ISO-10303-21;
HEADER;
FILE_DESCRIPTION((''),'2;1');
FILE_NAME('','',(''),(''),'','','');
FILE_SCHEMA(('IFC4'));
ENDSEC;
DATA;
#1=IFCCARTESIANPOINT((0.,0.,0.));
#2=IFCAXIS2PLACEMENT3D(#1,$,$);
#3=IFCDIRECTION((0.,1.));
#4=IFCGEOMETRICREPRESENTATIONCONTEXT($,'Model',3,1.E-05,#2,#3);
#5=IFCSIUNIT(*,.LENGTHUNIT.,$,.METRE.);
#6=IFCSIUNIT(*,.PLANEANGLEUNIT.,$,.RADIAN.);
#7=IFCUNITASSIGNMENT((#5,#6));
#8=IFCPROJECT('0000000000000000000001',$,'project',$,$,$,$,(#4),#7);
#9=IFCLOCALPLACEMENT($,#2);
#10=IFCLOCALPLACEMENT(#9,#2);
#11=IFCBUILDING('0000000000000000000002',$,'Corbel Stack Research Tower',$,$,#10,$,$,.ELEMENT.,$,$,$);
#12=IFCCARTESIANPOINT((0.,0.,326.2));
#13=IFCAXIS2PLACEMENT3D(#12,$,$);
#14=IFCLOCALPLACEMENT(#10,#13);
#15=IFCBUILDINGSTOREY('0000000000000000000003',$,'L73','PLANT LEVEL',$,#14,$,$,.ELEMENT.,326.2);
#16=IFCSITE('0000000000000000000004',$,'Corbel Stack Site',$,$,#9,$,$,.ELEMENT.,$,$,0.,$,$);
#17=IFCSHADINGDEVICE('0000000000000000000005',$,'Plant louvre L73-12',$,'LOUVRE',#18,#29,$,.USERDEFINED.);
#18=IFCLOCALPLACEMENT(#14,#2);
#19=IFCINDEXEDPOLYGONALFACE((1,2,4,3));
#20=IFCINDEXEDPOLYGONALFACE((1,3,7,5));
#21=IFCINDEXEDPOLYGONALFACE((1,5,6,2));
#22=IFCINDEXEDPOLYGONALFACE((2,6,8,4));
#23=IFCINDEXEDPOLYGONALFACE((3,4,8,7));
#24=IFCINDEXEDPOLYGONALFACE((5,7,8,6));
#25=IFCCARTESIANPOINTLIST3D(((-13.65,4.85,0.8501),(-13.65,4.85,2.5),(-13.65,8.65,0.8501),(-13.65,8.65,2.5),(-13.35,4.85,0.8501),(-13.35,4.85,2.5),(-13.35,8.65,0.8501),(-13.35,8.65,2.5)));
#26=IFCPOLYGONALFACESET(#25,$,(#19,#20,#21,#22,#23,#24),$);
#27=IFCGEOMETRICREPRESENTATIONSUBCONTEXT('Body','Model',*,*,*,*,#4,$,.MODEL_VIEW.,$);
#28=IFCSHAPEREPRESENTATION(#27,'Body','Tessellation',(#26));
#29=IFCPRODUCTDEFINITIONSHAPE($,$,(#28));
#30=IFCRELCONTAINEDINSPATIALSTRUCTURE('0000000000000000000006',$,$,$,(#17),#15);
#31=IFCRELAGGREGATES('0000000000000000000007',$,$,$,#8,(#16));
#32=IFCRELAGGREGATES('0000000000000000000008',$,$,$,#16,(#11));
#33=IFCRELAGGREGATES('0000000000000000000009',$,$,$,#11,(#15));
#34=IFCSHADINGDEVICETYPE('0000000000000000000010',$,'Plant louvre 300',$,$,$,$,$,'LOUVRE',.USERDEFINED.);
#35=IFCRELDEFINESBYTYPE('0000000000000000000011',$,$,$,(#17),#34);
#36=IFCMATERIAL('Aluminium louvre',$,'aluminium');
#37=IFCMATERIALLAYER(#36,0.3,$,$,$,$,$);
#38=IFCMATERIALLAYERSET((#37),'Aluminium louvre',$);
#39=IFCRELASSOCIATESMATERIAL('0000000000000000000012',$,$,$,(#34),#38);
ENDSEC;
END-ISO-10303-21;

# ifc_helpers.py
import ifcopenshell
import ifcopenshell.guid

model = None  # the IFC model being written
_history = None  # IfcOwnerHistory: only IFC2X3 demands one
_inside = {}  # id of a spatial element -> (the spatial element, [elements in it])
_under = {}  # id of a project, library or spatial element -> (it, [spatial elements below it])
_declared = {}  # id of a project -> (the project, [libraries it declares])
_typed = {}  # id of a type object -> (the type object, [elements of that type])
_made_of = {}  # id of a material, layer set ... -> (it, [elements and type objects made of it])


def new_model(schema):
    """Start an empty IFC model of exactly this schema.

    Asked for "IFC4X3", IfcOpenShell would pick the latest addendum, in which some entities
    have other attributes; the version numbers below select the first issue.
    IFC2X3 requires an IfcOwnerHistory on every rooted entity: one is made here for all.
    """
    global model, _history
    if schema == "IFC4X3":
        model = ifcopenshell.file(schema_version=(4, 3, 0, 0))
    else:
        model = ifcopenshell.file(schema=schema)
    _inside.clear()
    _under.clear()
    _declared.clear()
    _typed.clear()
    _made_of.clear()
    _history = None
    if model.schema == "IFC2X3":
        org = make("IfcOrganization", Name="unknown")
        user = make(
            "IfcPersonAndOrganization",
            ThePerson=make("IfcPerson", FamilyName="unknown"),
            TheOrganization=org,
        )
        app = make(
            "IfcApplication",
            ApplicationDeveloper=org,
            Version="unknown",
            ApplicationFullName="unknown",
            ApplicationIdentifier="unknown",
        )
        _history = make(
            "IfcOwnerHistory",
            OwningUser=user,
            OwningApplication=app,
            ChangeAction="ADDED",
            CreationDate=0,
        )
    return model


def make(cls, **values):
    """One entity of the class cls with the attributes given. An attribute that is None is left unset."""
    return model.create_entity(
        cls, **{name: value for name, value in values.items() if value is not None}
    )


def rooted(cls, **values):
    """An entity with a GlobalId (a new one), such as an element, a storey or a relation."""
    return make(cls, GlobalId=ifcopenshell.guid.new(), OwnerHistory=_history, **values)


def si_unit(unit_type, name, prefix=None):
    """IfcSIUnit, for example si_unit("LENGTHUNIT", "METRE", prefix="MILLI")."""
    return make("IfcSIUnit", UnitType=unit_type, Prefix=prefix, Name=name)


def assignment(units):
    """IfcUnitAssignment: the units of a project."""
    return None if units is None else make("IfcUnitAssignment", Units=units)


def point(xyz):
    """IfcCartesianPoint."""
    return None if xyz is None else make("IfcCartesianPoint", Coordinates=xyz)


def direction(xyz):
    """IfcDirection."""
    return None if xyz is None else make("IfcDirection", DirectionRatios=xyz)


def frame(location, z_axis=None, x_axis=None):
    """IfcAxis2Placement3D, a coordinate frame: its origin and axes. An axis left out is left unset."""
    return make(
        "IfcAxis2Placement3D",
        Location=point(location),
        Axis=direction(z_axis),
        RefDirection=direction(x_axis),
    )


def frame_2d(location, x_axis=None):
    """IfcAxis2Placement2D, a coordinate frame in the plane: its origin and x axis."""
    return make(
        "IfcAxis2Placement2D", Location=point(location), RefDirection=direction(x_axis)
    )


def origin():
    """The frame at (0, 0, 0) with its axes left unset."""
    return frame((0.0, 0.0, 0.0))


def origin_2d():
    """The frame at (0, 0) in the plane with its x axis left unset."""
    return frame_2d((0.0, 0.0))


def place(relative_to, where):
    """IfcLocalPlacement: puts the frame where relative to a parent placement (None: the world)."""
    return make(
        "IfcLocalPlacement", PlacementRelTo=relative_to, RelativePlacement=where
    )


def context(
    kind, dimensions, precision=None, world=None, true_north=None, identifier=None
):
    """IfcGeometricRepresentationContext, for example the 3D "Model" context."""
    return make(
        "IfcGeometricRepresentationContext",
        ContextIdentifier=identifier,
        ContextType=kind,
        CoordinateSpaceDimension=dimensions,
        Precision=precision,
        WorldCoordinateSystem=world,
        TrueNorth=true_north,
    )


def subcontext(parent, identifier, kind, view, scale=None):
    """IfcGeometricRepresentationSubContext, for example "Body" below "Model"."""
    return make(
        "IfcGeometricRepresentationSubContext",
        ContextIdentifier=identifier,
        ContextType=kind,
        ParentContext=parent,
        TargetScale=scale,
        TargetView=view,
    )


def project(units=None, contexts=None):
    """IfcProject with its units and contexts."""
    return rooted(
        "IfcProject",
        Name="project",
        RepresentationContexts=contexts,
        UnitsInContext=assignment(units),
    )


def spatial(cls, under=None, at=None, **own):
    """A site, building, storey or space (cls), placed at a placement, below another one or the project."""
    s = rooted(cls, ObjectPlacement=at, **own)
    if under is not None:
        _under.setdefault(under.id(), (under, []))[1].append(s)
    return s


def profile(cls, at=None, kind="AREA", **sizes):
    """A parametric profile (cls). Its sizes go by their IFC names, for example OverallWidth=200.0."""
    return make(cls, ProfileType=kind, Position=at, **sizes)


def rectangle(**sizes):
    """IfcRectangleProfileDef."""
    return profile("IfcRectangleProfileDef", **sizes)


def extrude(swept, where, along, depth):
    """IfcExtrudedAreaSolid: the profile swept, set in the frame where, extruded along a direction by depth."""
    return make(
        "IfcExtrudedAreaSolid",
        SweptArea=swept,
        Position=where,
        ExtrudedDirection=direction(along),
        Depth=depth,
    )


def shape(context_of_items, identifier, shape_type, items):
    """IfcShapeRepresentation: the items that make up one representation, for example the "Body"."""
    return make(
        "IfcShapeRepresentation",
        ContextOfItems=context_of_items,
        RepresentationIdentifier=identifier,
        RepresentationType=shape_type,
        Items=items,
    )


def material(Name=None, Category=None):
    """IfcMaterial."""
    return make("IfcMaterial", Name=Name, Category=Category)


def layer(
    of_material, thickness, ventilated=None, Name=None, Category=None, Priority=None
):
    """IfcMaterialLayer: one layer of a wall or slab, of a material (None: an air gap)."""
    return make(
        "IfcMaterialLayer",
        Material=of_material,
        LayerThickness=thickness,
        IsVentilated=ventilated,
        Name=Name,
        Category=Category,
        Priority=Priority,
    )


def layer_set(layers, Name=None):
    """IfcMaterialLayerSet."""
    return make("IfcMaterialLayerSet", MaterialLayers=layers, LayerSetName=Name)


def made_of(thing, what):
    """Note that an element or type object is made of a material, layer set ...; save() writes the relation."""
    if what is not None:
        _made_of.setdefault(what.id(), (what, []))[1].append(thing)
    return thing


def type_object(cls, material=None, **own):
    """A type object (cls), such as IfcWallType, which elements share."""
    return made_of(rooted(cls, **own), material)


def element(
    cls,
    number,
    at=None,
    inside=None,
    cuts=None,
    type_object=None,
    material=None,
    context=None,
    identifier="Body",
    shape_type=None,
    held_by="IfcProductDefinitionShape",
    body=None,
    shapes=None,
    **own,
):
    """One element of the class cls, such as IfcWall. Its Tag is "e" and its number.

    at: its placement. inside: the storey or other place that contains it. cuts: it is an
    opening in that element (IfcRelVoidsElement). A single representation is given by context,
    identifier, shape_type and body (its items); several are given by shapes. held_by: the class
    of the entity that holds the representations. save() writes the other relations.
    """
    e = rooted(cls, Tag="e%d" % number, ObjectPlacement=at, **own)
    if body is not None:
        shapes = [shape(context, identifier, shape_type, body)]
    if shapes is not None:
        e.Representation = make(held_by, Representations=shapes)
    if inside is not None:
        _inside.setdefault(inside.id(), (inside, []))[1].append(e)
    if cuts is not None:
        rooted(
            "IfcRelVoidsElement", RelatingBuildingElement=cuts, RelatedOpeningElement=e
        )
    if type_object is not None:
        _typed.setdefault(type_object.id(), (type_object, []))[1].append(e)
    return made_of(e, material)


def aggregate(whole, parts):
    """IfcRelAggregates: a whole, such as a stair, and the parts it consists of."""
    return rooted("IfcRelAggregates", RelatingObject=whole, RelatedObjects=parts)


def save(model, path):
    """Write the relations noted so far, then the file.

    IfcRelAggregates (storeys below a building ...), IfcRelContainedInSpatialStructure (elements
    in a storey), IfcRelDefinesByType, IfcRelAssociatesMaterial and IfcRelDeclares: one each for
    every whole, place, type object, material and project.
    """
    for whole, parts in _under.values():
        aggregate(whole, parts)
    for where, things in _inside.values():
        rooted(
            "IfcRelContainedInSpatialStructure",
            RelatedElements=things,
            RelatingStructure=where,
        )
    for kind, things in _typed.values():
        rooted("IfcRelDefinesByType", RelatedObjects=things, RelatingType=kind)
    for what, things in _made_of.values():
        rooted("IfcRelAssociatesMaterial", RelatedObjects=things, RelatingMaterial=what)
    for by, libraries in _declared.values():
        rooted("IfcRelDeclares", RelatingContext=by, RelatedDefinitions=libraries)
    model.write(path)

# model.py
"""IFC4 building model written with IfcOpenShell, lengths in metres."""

from ifc_helpers import new_model, si_unit, direction, frame, origin, origin_2d, place, context, subcontext, project, spatial, rectangle, extrude, material, layer, layer_set, type_object, element, save


model = new_model("IFC4")

# Units and contexts
model_context = context("Model", 3, precision=1e-05, world=origin(), true_north=direction((0.0, 1.0)))
body_context = subcontext(model_context, "Body", "Model", "MODEL_VIEW")
ifc_project = project(units=[si_unit("LENGTHUNIT", "METRE"), si_unit("PLANEANGLEUNIT", "RADIAN")], contexts=[model_context])

# Site, building, storey
site_placement = place(None, origin())
site = spatial("IfcSite", under=ifc_project, at=site_placement, Name="Corbel Stack Site", CompositionType="ELEMENT", RefElevation=0.0)
building_placement = place(site_placement, origin())
building = spatial("IfcBuilding", under=site, at=building_placement, Name="Corbel Stack Research Tower", CompositionType="ELEMENT")
storey_placement = place(building_placement, frame((0.0, 0.0, 326.2)))
storey = spatial("IfcBuildingStorey", under=building, at=storey_placement, Name="L73", Description="PLANT LEVEL", CompositionType="ELEMENT", Elevation=326.2)

# Shading device
ifc_material_1 = material(Name="Aluminium louvre", Category="aluminium")
ifc_layer_1 = layer(ifc_material_1, 0.3)
ifc_layer_set_1 = layer_set([ifc_layer_1], Name="Aluminium louvre")
shading_device_type = type_object("IfcShadingDeviceType", Name="Plant louvre 300", ElementType="LOUVRE", PredefinedType="USERDEFINED", material=ifc_layer_set_1)
shading_device_placement = place(storey_placement, frame((-13.5, 6.75, 0.8501), z_axis=(0.0, 0.0, 1.0), x_axis=(0.0, -1.0, 0.0)))
element("IfcShadingDevice", 1, at=shading_device_placement, inside=storey, type_object=shading_device_type, Name="Plant louvre L73-12", ObjectType="LOUVRE", PredefinedType="USERDEFINED", context=body_context, shape_type="SweptSolid", body=[
    extrude(rectangle(XDim=3.8, YDim=0.3, at=origin_2d()), origin(), (0.0, 0.0, 1.0), 1.6499),
])

save(model, "model.ifc")
